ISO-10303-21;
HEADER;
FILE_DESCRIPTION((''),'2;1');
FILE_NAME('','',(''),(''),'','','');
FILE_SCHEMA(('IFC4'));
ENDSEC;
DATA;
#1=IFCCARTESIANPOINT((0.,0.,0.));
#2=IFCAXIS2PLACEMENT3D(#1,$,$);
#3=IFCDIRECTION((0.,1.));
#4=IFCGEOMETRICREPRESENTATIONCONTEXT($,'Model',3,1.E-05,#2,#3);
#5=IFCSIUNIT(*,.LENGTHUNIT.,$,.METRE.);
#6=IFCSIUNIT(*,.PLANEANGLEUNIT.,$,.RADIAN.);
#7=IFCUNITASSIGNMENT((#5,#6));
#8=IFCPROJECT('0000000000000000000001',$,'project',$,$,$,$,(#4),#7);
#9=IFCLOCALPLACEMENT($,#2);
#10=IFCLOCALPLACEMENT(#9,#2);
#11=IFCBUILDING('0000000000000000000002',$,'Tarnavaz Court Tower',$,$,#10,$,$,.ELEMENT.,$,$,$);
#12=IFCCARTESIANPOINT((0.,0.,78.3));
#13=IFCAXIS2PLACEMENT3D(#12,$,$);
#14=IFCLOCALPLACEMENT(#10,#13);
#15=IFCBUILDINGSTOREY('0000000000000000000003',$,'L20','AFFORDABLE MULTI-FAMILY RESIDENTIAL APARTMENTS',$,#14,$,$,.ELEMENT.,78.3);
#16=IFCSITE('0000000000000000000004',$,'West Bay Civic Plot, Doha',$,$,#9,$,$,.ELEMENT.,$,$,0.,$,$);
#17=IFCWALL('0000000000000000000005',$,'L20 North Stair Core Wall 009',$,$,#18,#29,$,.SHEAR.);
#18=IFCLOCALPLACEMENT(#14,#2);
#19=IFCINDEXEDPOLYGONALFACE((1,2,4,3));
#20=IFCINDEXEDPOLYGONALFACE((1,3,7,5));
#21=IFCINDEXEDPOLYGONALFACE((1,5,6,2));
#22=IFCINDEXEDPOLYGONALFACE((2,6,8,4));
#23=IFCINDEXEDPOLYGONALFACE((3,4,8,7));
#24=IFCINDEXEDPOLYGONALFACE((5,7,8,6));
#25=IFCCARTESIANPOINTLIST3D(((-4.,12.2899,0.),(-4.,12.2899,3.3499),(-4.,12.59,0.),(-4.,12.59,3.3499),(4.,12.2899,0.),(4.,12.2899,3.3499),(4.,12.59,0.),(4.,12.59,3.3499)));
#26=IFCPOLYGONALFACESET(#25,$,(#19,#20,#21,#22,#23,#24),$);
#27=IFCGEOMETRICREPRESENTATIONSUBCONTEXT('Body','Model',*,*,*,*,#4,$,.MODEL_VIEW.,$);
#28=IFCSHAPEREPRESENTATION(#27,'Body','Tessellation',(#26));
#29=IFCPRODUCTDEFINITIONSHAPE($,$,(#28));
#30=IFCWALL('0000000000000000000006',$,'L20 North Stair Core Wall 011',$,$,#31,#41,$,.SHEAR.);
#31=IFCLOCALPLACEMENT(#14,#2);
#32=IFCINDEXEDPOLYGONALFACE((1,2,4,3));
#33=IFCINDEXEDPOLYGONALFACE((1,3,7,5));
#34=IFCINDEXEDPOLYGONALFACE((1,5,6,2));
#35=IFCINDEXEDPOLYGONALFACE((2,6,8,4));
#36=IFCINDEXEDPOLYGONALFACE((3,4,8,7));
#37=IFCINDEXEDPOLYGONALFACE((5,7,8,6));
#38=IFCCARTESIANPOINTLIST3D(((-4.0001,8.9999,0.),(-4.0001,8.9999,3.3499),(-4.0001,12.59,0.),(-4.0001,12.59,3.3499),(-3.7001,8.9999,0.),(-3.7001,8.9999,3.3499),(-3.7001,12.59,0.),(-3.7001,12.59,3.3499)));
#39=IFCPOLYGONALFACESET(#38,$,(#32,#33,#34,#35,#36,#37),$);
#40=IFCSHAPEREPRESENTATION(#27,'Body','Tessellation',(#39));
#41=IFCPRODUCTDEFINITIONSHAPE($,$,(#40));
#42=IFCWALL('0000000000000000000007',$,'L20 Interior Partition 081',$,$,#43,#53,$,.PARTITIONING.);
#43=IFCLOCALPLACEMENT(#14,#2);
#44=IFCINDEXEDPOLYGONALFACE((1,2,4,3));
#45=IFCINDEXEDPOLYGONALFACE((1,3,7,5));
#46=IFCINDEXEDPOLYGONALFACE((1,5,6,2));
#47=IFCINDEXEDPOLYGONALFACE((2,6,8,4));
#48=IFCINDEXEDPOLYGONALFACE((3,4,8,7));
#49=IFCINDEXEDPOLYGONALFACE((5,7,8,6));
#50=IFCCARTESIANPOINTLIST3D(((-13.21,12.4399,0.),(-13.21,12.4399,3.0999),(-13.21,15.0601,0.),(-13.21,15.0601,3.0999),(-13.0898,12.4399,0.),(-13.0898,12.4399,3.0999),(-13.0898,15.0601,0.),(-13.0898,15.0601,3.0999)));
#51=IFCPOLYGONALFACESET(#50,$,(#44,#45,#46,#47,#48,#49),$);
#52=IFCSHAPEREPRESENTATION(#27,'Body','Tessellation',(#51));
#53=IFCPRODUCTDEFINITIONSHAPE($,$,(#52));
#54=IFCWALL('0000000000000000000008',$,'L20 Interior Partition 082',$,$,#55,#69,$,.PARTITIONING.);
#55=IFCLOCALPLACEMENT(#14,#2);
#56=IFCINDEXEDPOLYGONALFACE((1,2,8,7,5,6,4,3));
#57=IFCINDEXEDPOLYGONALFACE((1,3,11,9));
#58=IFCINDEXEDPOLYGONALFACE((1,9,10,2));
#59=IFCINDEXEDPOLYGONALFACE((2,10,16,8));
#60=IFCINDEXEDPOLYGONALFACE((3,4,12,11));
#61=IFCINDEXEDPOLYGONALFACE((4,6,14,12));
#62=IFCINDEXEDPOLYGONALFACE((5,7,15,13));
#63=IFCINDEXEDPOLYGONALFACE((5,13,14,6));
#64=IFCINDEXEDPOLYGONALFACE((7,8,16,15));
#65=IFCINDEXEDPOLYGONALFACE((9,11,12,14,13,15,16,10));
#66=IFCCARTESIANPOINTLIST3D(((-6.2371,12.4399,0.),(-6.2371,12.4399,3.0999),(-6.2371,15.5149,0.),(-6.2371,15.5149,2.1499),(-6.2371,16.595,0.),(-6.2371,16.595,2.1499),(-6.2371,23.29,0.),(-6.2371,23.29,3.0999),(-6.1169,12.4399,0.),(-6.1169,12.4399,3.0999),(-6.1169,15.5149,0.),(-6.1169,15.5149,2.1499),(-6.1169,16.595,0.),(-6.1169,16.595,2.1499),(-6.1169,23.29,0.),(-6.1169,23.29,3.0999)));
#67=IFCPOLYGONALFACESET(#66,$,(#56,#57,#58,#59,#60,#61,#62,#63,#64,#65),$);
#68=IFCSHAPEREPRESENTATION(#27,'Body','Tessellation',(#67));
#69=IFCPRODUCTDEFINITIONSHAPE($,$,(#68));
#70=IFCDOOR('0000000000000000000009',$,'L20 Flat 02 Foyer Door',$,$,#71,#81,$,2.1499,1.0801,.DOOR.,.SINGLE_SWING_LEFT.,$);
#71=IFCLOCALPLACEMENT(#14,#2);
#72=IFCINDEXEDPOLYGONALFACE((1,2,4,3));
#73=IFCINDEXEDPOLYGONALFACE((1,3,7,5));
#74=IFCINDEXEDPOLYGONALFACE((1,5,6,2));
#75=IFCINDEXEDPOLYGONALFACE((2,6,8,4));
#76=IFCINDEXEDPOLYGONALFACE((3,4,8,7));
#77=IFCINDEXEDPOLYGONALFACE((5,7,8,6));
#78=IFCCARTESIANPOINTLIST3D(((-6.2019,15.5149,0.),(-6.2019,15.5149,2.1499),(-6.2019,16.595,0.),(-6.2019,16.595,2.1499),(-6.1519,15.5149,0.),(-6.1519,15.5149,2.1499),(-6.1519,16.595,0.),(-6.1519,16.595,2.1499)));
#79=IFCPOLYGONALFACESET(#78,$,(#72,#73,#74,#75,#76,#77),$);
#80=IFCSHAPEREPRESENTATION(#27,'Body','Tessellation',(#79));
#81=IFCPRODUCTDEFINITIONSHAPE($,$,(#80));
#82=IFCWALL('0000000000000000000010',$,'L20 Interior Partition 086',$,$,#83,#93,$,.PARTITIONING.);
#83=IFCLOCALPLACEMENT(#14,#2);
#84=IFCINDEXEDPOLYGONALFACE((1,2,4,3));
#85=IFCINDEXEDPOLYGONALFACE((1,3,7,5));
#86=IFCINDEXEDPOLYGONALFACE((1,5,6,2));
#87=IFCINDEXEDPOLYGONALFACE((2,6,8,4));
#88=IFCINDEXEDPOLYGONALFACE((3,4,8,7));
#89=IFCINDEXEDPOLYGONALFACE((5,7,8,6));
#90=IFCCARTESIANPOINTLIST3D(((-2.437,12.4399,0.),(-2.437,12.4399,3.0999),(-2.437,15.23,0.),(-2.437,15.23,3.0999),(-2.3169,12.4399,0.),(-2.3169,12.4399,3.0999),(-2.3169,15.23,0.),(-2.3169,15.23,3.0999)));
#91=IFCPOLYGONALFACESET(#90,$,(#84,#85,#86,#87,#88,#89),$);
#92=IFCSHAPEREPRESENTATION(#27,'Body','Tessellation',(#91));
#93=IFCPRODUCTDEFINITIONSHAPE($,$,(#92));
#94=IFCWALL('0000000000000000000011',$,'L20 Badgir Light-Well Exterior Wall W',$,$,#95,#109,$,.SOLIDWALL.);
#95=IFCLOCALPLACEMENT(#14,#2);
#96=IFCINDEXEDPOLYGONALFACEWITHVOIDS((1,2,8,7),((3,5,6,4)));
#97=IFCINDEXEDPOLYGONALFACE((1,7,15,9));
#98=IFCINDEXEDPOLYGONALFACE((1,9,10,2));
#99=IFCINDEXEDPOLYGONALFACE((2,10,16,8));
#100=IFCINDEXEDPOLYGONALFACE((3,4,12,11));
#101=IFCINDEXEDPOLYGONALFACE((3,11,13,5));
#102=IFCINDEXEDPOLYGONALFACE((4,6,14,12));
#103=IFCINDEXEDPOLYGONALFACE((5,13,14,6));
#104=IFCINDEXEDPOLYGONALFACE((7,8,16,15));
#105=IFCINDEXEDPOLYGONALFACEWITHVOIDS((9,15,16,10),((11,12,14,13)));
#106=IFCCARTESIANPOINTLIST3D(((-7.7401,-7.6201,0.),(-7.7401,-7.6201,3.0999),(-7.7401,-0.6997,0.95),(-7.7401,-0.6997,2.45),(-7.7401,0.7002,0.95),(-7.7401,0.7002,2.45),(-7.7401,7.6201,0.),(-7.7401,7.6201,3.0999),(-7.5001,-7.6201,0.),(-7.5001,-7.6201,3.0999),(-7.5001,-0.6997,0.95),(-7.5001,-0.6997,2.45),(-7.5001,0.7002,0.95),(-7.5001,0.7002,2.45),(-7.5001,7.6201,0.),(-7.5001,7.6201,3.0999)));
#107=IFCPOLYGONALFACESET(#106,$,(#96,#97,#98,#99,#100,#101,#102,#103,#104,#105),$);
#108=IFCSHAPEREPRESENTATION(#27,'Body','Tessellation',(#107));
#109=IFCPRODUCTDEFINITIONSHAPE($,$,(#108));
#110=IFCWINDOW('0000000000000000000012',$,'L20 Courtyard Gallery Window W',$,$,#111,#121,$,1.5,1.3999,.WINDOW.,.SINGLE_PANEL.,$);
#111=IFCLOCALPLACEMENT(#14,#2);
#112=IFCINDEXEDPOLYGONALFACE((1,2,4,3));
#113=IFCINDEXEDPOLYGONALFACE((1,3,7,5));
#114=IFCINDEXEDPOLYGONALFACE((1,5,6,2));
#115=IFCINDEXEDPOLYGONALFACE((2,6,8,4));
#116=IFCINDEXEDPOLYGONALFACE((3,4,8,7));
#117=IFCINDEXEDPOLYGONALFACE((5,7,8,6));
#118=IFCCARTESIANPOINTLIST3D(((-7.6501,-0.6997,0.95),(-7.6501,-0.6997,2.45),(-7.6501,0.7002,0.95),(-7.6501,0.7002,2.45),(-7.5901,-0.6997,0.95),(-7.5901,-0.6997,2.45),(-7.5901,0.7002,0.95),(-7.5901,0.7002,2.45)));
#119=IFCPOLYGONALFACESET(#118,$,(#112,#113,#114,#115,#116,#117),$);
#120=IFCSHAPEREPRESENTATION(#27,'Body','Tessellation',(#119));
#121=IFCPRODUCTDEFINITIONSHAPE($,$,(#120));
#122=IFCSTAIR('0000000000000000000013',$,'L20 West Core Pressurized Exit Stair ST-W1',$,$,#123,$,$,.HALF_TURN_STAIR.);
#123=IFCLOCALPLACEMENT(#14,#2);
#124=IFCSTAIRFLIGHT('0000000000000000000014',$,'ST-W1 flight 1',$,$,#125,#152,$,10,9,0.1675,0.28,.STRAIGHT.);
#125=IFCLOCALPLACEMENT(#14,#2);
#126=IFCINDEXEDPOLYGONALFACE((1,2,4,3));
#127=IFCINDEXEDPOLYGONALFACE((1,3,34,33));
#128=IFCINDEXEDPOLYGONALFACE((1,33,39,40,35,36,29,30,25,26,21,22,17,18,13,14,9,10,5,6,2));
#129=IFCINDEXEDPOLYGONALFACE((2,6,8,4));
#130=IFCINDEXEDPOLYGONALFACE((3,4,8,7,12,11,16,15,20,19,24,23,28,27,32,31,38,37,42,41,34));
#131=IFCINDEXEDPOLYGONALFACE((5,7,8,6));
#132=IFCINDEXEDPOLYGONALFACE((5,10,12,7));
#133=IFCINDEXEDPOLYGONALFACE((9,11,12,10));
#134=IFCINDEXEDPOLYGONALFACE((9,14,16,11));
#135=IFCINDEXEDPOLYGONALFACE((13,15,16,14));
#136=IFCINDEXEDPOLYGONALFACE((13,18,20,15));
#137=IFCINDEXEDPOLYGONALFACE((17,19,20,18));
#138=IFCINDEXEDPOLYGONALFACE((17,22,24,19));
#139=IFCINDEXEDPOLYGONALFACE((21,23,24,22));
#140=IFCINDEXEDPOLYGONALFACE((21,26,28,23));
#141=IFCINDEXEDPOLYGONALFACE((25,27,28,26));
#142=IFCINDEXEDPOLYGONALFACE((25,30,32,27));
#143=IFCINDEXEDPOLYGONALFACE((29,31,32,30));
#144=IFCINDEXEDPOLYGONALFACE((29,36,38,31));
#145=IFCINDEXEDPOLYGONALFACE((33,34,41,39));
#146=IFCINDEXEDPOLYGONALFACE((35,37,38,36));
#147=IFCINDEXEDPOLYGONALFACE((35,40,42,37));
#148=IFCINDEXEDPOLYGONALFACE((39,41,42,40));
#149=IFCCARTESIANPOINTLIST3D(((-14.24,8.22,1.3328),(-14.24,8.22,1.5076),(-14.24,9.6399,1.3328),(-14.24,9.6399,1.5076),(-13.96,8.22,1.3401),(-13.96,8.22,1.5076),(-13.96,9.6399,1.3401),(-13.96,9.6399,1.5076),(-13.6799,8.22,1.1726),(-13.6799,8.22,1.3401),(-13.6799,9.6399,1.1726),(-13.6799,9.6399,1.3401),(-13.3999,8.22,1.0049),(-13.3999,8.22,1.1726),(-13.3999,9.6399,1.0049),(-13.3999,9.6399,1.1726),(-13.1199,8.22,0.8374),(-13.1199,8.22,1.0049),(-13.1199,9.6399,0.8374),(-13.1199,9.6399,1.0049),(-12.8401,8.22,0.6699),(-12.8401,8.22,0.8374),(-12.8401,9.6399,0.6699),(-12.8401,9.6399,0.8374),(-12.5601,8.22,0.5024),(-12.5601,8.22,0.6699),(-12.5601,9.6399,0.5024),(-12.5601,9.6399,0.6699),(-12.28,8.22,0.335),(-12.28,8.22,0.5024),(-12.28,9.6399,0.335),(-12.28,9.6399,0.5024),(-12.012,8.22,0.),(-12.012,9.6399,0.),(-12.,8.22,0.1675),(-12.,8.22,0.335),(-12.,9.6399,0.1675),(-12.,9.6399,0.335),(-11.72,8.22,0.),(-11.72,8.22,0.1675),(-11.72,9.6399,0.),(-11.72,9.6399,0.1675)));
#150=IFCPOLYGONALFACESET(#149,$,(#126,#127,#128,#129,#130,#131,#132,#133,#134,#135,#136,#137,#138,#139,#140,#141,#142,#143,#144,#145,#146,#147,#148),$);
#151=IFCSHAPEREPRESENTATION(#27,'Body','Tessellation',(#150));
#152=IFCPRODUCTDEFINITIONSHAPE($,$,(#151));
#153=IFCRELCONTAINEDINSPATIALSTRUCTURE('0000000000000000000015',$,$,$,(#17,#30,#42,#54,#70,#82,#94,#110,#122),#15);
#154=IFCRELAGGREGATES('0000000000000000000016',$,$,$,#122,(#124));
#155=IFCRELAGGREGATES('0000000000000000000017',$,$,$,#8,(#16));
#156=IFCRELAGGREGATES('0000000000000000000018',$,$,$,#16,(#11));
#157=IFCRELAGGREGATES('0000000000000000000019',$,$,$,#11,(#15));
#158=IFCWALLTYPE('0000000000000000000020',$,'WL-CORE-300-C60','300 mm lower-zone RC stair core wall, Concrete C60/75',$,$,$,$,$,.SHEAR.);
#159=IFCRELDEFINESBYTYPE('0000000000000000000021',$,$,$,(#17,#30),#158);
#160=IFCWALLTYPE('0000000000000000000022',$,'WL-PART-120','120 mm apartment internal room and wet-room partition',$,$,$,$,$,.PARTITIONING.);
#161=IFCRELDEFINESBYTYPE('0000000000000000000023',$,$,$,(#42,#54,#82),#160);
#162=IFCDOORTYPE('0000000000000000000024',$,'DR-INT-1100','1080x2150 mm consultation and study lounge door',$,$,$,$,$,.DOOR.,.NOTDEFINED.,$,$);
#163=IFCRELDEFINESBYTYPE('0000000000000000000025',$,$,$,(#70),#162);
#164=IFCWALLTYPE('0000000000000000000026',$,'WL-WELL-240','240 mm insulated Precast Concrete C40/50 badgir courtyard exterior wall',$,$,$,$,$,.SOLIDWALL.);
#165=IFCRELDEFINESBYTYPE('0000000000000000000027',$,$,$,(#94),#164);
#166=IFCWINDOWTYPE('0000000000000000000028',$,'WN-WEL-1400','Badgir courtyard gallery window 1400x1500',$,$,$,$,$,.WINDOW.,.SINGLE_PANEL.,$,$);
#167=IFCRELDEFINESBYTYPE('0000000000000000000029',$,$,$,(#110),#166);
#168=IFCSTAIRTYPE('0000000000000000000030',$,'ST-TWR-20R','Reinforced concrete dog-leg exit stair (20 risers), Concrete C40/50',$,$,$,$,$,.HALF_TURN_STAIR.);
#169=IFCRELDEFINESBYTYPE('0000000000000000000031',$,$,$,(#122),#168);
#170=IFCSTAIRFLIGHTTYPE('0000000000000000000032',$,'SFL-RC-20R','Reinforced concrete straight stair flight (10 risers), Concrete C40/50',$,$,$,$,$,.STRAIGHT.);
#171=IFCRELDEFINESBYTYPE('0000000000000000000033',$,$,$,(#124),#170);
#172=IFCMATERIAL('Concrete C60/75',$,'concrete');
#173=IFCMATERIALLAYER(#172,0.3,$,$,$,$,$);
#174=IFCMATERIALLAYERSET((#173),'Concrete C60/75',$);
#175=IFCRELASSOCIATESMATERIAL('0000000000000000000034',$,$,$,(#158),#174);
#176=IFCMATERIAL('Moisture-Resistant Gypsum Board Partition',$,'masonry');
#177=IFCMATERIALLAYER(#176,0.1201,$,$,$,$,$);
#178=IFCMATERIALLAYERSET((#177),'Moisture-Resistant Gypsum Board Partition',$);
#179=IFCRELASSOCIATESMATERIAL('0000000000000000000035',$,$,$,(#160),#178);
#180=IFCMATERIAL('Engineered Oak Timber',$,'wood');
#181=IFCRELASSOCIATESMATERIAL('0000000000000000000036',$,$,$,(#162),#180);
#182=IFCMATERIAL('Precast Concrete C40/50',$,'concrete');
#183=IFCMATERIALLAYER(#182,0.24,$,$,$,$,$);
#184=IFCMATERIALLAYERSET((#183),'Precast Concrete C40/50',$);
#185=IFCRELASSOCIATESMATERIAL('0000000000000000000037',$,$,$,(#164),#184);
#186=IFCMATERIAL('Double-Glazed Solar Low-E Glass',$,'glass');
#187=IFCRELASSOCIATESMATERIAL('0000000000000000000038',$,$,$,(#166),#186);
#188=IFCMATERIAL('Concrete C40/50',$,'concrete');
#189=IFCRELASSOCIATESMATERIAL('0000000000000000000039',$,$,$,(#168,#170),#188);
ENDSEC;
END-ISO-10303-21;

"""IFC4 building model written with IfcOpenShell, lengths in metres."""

from ifc_helpers import new_model, si_unit, direction, frame, frame_2d, origin, place, context, subcontext, project, spatial, polyline, rectangle, outline, extrude, material, layer, layer_set, type_object, element, fill, aggregate, save


model = new_model("IFC4")

# Units and contexts
model_context = context("Model", 3, precision=1e-05, world=origin(), true_north=direction((0.0, 1.0)))
body_context = subcontext(model_context, "Body", "Model", "MODEL_VIEW")
ifc_project = project(units=[si_unit("LENGTHUNIT", "METRE"), si_unit("PLANEANGLEUNIT", "RADIAN")], contexts=[model_context])

# Site, building, storey
site_placement = place(None, origin())
site = spatial("IfcSite", under=ifc_project, at=site_placement, Name="West Bay Civic Plot, Doha", CompositionType="ELEMENT", RefElevation=0.0)
building_placement = place(site_placement, origin())
building = spatial("IfcBuilding", under=site, at=building_placement, Name="Tarnavaz Court Tower", CompositionType="ELEMENT")
storey_placement = place(building_placement, frame((0.0, 0.0, 78.3)))
storey = spatial("IfcBuildingStorey", under=building, at=storey_placement, Name="L20", Description="AFFORDABLE MULTI-FAMILY RESIDENTIAL APARTMENTS", CompositionType="ELEMENT", Elevation=78.3)

# Shared definitions
ifc_material_1 = material(Name="Concrete C60/75", Category="concrete")

# Wall
ifc_layer_1 = layer(ifc_material_1, 0.3)
ifc_layer_set_1 = layer_set([ifc_layer_1], Name="Concrete C60/75")
wall_type_1 = type_object("IfcWallType", Name="WL-CORE-300-C60", Description="300 mm lower-zone RC stair core wall, Concrete C60/75", PredefinedType="SHEAR", material=ifc_layer_set_1)
wall_1_placement = place(storey_placement, frame((-4.0, 12.4399, 0.0), z_axis=(0.0, 0.0, 1.0), x_axis=(1.0, 0.0, 0.0)))
element("IfcWall", 1, at=wall_1_placement, inside=storey, type_object=wall_type_1, Name="L20 North Stair Core Wall 009", PredefinedType="SHEAR", context=body_context, shape_type="SweptSolid", body=[
    extrude(rectangle(XDim=8.0, YDim=0.3, at=frame_2d((4.0, 0.0))), origin(), (0.0, 0.0, 1.0), 3.3499),
])

# Wall
wall_2_placement = place(storey_placement, frame((-3.8501, 9.0, 0.0), z_axis=(0.0, 0.0, 1.0), x_axis=(0.0, 1.0, 0.0)))
element("IfcWall", 2, at=wall_2_placement, inside=storey, type_object=wall_type_1, Name="L20 North Stair Core Wall 011", PredefinedType="SHEAR", context=body_context, shape_type="SweptSolid", body=[
    extrude(rectangle(XDim=3.5901, YDim=0.3, at=frame_2d((1.7949, 0.0))), origin(), (0.0, 0.0, 1.0), 3.3499),
])

# Wall
ifc_material_2 = material(Name="Moisture-Resistant Gypsum Board Partition", Category="masonry")
ifc_layer_2 = layer(ifc_material_2, 0.1201)
ifc_layer_set_2 = layer_set([ifc_layer_2], Name="Moisture-Resistant Gypsum Board Partition")
wall_type_2 = type_object("IfcWallType", Name="WL-PART-120", Description="120 mm apartment internal room and wet-room partition", PredefinedType="PARTITIONING", material=ifc_layer_set_2)
wall_3_placement = place(storey_placement, frame((-13.1499, 12.4399, 0.0), z_axis=(0.0, 0.0, 1.0), x_axis=(0.0, 1.0, 0.0)))
element("IfcWall", 3, at=wall_3_placement, inside=storey, type_object=wall_type_2, Name="L20 Interior Partition 081", PredefinedType="PARTITIONING", context=body_context, shape_type="SweptSolid", body=[
    extrude(rectangle(XDim=2.6201, YDim=0.1201, at=frame_2d((1.3101, 0.0))), origin(), (0.0, 0.0, 1.0), 3.0999),
])

# Wall, opening, door
wall_4_placement = place(storey_placement, frame((-6.177, 12.4399, 0.0), z_axis=(0.0, 0.0, 1.0), x_axis=(0.0, 1.0, 0.0)))
wall_4 = element("IfcWall", 4, at=wall_4_placement, inside=storey, type_object=wall_type_2, Name="L20 Interior Partition 082", PredefinedType="PARTITIONING", context=body_context, shape_type="SweptSolid", body=[
    extrude(rectangle(XDim=10.8501, YDim=0.1201, at=frame_2d((5.425, 0.0))), origin(), (0.0, 0.0, 1.0), 3.0999),
])
opening_1_placement = place(wall_4_placement, frame((3.075, 0.0, 0.0)))
opening_1 = element("IfcOpeningElement", 5, at=opening_1_placement, cuts=wall_4, PredefinedType="OPENING", context=body_context, shape_type="SweptSolid", body=[
    extrude(rectangle(XDim=1.0801, YDim=2.1499, at=frame_2d((0.54, 1.075))), frame((0.0, 0.0701, 0.0), z_axis=(0.0, -1.0, 0.0), x_axis=(1.0, 0.0, 0.0)), (0.0, 0.0, 1.0), 0.1401),
])
ifc_material_3 = material(Name="Engineered Oak Timber", Category="wood")
door_type_1 = type_object("IfcDoorType", Name="DR-INT-1100", Description="1080x2150 mm consultation and study lounge door", OperationType="NOTDEFINED", PredefinedType="DOOR", material=ifc_material_3)
door_1_placement = place(opening_1_placement, origin())
door_1 = element("IfcDoor", 6, at=door_1_placement, inside=storey, type_object=door_type_1, Name="L20 Flat 02 Foyer Door", OperationType="SINGLE_SWING_LEFT", OverallHeight=2.1499, OverallWidth=1.0801, PredefinedType="DOOR", context=body_context, shape_type="SweptSolid", body=[
    extrude(rectangle(XDim=1.0801, YDim=2.1499, at=frame_2d((0.54, 1.075))), frame((0.0, 0.0249, 0.0), z_axis=(0.0, -1.0, 0.0), x_axis=(1.0, 0.0, 0.0)), (0.0, 0.0, 1.0), 0.05),
])
fill(opening_1, door_1)

# Wall
wall_5_placement = place(storey_placement, frame((-2.377, 12.4399, 0.0), z_axis=(0.0, 0.0, 1.0), x_axis=(0.0, 1.0, 0.0)))
element("IfcWall", 7, at=wall_5_placement, inside=storey, type_object=wall_type_2, Name="L20 Interior Partition 086", PredefinedType="PARTITIONING", context=body_context, shape_type="SweptSolid", body=[
    extrude(rectangle(XDim=2.79, YDim=0.1201, at=frame_2d((1.395, 0.0))), origin(), (0.0, 0.0, 1.0), 3.0999),
])

# Wall, opening, window
ifc_material_4 = material(Name="Precast Concrete C40/50", Category="concrete")
ifc_layer_3 = layer(ifc_material_4, 0.24)
ifc_layer_set_3 = layer_set([ifc_layer_3], Name="Precast Concrete C40/50")
wall_type_3 = type_object("IfcWallType", Name="WL-WELL-240", Description="240 mm insulated Precast Concrete C40/50 badgir courtyard exterior wall", PredefinedType="SOLIDWALL", material=ifc_layer_set_3)
wall_6_placement = place(storey_placement, frame((-7.6201, 7.6201, 0.0), z_axis=(0.0, 0.0, 1.0), x_axis=(0.0, -1.0, 0.0)))
wall_6 = element("IfcWall", 8, at=wall_6_placement, inside=storey, type_object=wall_type_3, Name="L20 Badgir Light-Well Exterior Wall W", PredefinedType="SOLIDWALL", context=body_context, shape_type="SweptSolid", body=[
    extrude(rectangle(XDim=15.2402, YDim=0.24, at=frame_2d((7.6201, 0.0))), origin(), (0.0, 0.0, 1.0), 3.0999),
])
opening_2_placement = place(wall_6_placement, frame((6.9199, 0.0, 0.95)))
opening_2 = element("IfcOpeningElement", 9, at=opening_2_placement, cuts=wall_6, PredefinedType="OPENING", context=body_context, shape_type="SweptSolid", body=[
    extrude(rectangle(XDim=1.3999, YDim=1.5, at=frame_2d((0.7, 0.75))), frame((0.0, 0.1299, 0.0), z_axis=(0.0, -1.0, 0.0), x_axis=(1.0, 0.0, 0.0)), (0.0, 0.0, 1.0), 0.26),
])
ifc_material_5 = material(Name="Double-Glazed Solar Low-E Glass", Category="glass")
window_type = type_object("IfcWindowType", Name="WN-WEL-1400", Description="Badgir courtyard gallery window 1400x1500", PartitioningType="SINGLE_PANEL", PredefinedType="WINDOW", material=ifc_material_5)
window_placement = place(opening_2_placement, origin())
window = element("IfcWindow", 10, at=window_placement, inside=storey, type_object=window_type, Name="L20 Courtyard Gallery Window W", OverallHeight=1.5, OverallWidth=1.3999, PartitioningType="SINGLE_PANEL", PredefinedType="WINDOW", context=body_context, shape_type="SweptSolid", body=[
    extrude(rectangle(XDim=1.3999, YDim=1.5, at=frame_2d((0.7, 0.75))), frame((0.0, 0.03, 0.0), z_axis=(0.0, -1.0, 0.0), x_axis=(1.0, 0.0, 0.0)), (0.0, 0.0, 1.0), 0.0601),
])
fill(opening_2, window)

# Stair, stair flight
ifc_material_6 = material(Name="Concrete C40/50", Category="concrete")
stair_type = type_object("IfcStairType", Name="ST-TWR-20R", Description="Reinforced concrete dog-leg exit stair (20 risers), Concrete C40/50", PredefinedType="HALF_TURN_STAIR", material=ifc_material_6)
stair_1_placement = place(storey_placement, origin())
stair_1 = element("IfcStair", 11, at=stair_1_placement, inside=storey, type_object=stair_type, Name="L20 West Core Pressurized Exit Stair ST-W1", PredefinedType="HALF_TURN_STAIR")
stair_flight_type = type_object("IfcStairFlightType", Name="SFL-RC-20R", Description="Reinforced concrete straight stair flight (10 risers), Concrete C40/50", PredefinedType="STRAIGHT", material=ifc_material_6)
stair_flight_1_placement = place(storey_placement, frame((-11.72, 8.9299, 0.0), z_axis=(0.0, 0.0, 1.0), x_axis=(-1.0, 0.0, 0.0)))
stair_flight_1 = element("IfcStairFlight", 12, at=stair_flight_1_placement, type_object=stair_flight_type, Name="ST-W1 flight 1", NumberOfRisers=10, NumberOfTreads=9, PredefinedType="STRAIGHT", RiserHeight=0.1675, TreadLength=0.28, context=body_context, shape_type="SweptSolid", body=[
    extrude(outline(polyline([(0.0, 0.0), (0.0, 0.1675), (0.28, 0.1675), (0.28, 0.335), (0.5601, 0.335), (0.5601, 0.5024), (0.8401, 0.5024), (0.8401, 0.6699), (1.1201, 0.6699), (1.1201, 0.8374), (1.3999, 0.8374), (1.3999, 1.0049), (1.6799, 1.0049), (1.6799, 1.1726), (1.96, 1.1726), (1.96, 1.3401), (2.24, 1.3401), (2.24, 1.5076), (2.52, 1.5076), (2.52, 1.675), (2.52, 1.3328), (0.292, 0.0), (0.0, 0.0)])), frame((0.0, 0.71, 0.0), z_axis=(0.0, -1.0, 0.0), x_axis=(1.0, 0.0, 0.0)), (0.0, 0.0, 1.0), 1.4199),
])
aggregate(stair_1, [stair_flight_1])

save(model, "model.ifc")
